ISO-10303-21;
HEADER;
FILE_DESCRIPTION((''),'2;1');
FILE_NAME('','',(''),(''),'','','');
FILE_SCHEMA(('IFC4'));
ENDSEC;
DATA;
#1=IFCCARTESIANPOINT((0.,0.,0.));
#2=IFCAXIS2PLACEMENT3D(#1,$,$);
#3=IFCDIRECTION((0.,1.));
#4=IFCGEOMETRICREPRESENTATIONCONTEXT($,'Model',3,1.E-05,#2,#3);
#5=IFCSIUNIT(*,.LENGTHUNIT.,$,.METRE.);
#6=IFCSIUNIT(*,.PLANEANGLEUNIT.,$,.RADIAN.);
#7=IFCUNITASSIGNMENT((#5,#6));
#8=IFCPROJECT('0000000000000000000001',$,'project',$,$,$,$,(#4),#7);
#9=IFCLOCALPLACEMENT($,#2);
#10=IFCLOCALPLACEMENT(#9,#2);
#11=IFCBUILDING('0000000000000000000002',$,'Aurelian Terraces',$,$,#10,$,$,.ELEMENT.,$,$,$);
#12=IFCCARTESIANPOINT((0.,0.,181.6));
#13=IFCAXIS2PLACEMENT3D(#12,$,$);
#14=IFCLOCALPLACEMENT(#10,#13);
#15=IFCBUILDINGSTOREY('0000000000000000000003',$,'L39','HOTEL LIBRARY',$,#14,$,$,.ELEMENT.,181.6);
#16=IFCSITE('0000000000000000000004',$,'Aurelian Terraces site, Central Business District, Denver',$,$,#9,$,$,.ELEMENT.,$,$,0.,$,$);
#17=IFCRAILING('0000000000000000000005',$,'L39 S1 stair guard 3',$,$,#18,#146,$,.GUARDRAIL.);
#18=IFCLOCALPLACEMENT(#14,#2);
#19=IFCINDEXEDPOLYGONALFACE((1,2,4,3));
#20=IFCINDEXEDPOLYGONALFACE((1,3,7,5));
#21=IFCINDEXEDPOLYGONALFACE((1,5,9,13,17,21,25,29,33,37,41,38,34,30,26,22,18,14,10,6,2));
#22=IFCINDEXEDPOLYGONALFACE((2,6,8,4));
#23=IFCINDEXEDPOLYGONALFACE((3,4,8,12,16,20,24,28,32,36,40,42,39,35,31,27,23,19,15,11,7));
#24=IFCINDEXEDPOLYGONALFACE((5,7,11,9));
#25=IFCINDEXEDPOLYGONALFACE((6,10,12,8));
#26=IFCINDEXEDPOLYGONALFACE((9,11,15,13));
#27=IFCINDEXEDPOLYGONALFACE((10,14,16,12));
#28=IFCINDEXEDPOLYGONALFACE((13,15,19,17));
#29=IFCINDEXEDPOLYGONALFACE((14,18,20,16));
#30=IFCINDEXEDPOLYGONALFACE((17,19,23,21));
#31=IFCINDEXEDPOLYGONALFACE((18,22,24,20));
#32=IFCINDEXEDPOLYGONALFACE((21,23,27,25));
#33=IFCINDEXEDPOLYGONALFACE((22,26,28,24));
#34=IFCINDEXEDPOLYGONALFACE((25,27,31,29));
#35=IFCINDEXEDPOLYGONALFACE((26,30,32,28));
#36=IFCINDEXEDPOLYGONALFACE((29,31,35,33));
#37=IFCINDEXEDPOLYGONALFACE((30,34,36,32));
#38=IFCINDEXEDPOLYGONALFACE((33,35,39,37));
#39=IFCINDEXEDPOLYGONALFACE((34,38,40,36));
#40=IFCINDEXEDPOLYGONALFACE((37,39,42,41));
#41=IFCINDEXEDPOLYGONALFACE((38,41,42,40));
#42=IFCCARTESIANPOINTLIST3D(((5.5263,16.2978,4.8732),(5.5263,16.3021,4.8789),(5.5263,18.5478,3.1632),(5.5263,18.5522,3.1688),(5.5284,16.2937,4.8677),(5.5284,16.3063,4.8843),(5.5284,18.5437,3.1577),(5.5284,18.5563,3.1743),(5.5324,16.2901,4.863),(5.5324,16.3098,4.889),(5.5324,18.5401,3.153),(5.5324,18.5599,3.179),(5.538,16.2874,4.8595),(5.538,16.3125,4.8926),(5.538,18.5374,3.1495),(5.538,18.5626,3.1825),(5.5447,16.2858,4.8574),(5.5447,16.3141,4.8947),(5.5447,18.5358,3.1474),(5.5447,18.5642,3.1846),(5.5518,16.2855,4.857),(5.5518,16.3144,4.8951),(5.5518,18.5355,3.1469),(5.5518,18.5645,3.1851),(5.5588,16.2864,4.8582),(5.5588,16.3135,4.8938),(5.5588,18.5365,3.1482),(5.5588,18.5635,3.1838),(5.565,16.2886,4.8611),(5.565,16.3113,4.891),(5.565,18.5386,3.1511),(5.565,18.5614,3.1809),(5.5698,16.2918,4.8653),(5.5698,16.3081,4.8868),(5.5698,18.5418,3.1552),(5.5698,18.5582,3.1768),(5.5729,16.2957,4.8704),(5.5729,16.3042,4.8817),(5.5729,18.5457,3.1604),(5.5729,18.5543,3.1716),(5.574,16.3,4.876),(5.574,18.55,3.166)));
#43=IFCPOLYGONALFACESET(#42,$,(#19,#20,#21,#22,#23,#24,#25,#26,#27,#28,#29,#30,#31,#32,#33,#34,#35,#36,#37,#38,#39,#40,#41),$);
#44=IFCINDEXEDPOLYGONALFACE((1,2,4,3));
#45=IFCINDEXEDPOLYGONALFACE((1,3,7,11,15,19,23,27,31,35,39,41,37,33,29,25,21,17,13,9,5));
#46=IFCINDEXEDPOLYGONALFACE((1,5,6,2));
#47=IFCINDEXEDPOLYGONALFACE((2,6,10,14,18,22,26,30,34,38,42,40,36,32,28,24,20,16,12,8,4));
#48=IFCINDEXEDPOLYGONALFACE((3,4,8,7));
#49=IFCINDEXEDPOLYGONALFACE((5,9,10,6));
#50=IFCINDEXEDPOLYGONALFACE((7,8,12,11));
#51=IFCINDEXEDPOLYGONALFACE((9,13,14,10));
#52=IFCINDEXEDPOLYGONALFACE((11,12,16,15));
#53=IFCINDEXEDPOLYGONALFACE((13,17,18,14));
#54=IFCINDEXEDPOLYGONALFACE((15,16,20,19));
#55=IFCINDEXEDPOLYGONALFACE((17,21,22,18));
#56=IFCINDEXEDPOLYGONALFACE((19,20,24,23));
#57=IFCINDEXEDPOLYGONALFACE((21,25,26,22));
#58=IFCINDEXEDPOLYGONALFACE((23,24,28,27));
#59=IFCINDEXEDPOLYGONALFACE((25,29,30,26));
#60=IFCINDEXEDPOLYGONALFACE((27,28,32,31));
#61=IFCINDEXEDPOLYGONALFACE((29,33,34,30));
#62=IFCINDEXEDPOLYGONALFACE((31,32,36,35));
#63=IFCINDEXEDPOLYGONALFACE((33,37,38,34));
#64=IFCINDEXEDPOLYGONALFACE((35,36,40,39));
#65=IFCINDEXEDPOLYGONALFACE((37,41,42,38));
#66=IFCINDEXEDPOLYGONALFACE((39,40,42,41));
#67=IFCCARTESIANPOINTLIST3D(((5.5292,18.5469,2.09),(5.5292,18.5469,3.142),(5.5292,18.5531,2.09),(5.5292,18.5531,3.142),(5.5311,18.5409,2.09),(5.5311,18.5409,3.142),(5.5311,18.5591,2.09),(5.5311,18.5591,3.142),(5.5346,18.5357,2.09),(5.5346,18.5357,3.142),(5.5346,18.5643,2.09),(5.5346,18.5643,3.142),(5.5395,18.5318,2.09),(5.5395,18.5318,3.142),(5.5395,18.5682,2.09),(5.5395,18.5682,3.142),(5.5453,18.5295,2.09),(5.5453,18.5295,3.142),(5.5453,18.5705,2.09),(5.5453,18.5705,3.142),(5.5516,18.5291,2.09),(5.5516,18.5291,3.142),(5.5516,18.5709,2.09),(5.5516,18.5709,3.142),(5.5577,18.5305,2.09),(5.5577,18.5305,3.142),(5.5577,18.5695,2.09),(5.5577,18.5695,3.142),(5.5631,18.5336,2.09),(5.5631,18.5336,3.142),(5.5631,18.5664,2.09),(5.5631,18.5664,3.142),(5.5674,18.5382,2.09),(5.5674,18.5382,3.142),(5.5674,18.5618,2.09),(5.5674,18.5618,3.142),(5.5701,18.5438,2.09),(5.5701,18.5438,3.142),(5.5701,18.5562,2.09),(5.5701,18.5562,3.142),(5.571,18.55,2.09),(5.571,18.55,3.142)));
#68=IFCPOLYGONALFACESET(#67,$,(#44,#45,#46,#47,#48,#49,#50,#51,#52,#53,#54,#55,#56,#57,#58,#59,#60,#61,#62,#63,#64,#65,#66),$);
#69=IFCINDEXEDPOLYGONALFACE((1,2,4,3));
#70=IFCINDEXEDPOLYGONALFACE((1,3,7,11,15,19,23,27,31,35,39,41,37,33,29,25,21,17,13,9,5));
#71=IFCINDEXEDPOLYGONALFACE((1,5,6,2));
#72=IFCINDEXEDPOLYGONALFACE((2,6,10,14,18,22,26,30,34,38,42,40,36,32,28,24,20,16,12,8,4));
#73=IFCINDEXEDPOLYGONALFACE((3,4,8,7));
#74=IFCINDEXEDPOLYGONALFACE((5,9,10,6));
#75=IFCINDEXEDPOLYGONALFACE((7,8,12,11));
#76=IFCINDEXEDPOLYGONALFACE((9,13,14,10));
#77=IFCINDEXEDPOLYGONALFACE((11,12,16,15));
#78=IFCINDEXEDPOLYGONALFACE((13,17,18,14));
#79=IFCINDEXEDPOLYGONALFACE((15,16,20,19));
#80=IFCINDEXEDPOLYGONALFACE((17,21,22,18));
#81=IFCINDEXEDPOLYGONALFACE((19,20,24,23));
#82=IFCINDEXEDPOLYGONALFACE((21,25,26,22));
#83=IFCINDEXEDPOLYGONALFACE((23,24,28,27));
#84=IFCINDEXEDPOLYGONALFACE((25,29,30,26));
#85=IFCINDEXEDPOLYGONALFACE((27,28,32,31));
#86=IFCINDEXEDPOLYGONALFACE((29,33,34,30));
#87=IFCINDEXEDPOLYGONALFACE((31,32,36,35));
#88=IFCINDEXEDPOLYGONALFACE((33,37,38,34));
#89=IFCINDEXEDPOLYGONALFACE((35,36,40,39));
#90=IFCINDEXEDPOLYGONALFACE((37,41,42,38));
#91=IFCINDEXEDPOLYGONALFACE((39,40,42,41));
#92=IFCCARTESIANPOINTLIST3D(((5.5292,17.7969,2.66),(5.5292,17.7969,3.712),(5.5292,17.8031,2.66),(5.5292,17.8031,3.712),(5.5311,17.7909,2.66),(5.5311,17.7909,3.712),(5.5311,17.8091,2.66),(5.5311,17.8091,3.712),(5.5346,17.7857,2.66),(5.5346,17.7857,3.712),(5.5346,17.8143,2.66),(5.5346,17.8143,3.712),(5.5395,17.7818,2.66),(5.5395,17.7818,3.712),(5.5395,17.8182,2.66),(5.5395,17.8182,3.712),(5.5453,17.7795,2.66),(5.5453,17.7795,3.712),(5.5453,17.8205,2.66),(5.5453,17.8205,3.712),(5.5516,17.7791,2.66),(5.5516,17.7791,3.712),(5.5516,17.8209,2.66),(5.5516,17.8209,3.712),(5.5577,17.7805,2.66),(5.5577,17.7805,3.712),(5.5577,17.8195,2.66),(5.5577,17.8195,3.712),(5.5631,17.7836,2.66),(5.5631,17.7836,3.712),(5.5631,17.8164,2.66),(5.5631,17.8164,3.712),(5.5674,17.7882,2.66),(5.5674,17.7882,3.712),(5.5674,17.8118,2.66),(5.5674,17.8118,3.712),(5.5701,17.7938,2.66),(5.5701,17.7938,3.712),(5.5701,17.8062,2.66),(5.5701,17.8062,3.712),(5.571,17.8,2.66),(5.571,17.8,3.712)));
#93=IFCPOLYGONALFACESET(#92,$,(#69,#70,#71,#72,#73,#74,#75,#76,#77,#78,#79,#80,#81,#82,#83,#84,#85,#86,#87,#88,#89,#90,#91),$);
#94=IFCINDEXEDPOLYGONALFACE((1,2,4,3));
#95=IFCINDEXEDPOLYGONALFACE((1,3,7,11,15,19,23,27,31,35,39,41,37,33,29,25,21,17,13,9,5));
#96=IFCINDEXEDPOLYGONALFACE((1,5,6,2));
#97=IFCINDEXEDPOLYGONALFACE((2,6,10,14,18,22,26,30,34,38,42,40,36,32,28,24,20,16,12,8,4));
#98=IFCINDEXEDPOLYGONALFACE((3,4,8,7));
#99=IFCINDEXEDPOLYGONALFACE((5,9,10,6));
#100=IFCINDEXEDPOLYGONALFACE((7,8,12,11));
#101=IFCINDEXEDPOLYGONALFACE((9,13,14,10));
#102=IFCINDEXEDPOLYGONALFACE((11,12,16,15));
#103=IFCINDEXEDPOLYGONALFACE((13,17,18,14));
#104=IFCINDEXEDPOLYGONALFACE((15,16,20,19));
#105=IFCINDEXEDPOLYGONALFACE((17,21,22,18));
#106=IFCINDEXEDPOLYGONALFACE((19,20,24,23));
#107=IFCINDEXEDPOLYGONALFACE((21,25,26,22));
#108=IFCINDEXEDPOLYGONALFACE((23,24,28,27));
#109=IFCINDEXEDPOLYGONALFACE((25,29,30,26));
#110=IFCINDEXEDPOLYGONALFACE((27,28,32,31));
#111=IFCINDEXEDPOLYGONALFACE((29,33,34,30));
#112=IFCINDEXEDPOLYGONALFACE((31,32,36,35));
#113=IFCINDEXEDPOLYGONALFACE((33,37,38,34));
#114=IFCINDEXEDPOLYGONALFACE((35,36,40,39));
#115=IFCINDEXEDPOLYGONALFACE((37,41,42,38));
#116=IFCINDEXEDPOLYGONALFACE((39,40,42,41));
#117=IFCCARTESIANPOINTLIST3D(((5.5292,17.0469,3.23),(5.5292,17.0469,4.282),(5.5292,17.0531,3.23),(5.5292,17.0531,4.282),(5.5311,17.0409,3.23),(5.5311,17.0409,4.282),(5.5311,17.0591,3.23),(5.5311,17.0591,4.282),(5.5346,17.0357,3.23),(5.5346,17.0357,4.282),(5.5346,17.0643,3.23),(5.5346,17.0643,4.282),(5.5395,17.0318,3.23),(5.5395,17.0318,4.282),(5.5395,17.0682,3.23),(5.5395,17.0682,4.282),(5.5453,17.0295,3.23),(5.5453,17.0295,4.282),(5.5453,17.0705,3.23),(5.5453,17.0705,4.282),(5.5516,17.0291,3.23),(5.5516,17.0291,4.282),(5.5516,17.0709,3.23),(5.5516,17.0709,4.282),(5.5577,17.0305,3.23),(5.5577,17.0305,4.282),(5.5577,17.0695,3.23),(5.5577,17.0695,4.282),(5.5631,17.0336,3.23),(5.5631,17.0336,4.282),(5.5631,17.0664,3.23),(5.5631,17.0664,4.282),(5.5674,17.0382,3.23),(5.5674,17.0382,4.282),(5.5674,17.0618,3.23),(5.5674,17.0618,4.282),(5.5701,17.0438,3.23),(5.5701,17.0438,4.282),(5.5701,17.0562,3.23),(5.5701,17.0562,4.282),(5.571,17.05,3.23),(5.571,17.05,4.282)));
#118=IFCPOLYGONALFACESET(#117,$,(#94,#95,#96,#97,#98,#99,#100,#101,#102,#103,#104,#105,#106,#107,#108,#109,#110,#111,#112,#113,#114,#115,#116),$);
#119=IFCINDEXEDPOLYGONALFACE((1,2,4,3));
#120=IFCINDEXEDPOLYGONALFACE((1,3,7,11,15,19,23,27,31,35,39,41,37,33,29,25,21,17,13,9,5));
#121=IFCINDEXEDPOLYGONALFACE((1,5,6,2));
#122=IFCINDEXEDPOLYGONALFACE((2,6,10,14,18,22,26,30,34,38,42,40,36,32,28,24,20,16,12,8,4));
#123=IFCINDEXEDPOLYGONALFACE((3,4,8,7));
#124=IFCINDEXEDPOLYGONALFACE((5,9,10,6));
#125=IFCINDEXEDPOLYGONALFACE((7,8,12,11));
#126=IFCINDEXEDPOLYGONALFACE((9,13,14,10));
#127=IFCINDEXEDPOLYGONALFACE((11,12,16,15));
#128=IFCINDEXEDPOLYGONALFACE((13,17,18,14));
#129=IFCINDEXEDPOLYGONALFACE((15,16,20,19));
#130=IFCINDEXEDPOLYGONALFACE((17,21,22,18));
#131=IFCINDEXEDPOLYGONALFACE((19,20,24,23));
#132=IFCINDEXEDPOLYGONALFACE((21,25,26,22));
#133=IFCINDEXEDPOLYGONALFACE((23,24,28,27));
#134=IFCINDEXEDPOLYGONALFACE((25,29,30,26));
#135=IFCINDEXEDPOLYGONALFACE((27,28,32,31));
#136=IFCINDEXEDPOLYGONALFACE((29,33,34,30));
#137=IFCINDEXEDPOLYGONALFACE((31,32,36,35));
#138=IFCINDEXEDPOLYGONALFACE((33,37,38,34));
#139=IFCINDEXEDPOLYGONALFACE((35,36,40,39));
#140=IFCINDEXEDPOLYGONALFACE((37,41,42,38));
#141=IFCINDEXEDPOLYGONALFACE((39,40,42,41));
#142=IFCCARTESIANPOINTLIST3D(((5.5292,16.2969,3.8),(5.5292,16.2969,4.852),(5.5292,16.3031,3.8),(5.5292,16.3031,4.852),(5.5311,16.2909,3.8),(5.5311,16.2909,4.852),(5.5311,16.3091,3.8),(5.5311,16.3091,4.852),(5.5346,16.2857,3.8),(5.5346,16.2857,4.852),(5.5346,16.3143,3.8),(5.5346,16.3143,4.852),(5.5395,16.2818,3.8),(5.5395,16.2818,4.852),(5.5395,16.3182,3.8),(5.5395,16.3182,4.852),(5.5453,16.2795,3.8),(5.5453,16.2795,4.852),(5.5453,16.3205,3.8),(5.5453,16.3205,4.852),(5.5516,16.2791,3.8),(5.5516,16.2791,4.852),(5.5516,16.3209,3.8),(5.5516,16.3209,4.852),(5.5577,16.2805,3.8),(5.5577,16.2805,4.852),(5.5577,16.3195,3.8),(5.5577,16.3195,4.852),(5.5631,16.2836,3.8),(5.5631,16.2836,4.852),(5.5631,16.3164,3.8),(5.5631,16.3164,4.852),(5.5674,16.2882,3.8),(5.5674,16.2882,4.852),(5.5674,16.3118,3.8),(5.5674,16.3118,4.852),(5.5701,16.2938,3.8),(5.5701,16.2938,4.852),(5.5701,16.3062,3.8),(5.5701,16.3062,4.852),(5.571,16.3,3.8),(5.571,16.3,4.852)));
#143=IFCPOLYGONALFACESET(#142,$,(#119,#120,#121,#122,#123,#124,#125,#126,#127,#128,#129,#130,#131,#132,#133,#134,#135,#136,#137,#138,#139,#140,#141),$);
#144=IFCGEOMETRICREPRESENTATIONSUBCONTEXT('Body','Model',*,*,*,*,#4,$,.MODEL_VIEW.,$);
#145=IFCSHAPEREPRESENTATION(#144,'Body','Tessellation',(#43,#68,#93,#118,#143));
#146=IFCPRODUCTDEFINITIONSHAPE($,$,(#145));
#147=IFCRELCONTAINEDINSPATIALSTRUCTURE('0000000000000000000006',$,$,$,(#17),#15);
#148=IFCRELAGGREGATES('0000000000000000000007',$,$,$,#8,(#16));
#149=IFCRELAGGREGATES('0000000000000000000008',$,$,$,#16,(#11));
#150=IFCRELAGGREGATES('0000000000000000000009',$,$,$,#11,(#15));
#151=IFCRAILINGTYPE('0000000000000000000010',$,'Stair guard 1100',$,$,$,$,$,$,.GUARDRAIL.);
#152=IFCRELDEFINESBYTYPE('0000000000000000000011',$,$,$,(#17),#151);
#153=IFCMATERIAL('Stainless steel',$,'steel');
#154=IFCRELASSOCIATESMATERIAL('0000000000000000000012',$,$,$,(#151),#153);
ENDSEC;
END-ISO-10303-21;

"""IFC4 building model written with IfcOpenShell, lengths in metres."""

from ifc_helpers import new_model, si_unit, direction, frame, origin, origin_2d, place, context, subcontext, project, spatial, circle, extrude, source, transform, mapped, material, type_object, element, save


model = new_model("IFC4")

# Units and contexts
model_context = context("Model", 3, precision=1e-05, world=origin(), true_north=direction((0.0, 1.0)))
body_context = subcontext(model_context, "Body", "Model", "MODEL_VIEW")
ifc_project = project(units=[si_unit("LENGTHUNIT", "METRE"), si_unit("PLANEANGLEUNIT", "RADIAN")], contexts=[model_context])

# Site, building, storey
site_placement = place(None, origin())
site = spatial("IfcSite", under=ifc_project, at=site_placement, Name="Aurelian Terraces site, Central Business District, Denver", CompositionType="ELEMENT", RefElevation=0.0)
building_placement = place(site_placement, origin())
building = spatial("IfcBuilding", under=site, at=building_placement, Name="Aurelian Terraces", CompositionType="ELEMENT")
storey_placement = place(building_placement, frame((0.0, 0.0, 181.6)))
storey = spatial("IfcBuildingStorey", under=building, at=storey_placement, Name="L39", Description="HOTEL LIBRARY", CompositionType="ELEMENT", Elevation=181.6)

# Shared definitions
ifc_material_1 = material(Name="Stainless steel", Category="steel")

# Railing
railing_type_1 = type_object("IfcRailingType", Name="Stair guard 1100", PredefinedType="GUARDRAIL", material=ifc_material_1)
shared_shape_1 = source(origin(), body_context, "Body", "SweptSolid", [
    extrude(circle(Radius=0.024, at=origin_2d()), frame((0.0, 0.0, 1.076), z_axis=(0.0, -0.796162, 0.605083), x_axis=(1.0, 0.0, 0.0)), (0.0, 0.0, 1.0), 2.8261),
    extrude(circle(Radius=0.021, at=origin_2d()), origin(), (0.0, 0.0, 1.0), 1.052),
    extrude(circle(Radius=0.021, at=origin_2d()), frame((0.0, -0.75, 0.57)), (0.0, 0.0, 1.0), 1.052),
    extrude(circle(Radius=0.021, at=origin_2d()), frame((0.0, -1.5, 1.14)), (0.0, 0.0, 1.0), 1.052),
    extrude(circle(Radius=0.021, at=origin_2d()), frame((0.0, -2.25, 1.71)), (0.0, 0.0, 1.0), 1.052),
])
railing_1_placement = place(storey_placement, frame((5.55, 18.55, 2.09)))
element("IfcRailing", 1, at=railing_1_placement, inside=storey, type_object=railing_type_1, Name="L39 S1 stair guard 3", PredefinedType="GUARDRAIL", context=body_context, shape_type="MappedRepresentation", body=[
    mapped(shared_shape_1, transform((0.0, 0.0, 0.0), scale=1.0)),
])

save(model, "model.ifc")
